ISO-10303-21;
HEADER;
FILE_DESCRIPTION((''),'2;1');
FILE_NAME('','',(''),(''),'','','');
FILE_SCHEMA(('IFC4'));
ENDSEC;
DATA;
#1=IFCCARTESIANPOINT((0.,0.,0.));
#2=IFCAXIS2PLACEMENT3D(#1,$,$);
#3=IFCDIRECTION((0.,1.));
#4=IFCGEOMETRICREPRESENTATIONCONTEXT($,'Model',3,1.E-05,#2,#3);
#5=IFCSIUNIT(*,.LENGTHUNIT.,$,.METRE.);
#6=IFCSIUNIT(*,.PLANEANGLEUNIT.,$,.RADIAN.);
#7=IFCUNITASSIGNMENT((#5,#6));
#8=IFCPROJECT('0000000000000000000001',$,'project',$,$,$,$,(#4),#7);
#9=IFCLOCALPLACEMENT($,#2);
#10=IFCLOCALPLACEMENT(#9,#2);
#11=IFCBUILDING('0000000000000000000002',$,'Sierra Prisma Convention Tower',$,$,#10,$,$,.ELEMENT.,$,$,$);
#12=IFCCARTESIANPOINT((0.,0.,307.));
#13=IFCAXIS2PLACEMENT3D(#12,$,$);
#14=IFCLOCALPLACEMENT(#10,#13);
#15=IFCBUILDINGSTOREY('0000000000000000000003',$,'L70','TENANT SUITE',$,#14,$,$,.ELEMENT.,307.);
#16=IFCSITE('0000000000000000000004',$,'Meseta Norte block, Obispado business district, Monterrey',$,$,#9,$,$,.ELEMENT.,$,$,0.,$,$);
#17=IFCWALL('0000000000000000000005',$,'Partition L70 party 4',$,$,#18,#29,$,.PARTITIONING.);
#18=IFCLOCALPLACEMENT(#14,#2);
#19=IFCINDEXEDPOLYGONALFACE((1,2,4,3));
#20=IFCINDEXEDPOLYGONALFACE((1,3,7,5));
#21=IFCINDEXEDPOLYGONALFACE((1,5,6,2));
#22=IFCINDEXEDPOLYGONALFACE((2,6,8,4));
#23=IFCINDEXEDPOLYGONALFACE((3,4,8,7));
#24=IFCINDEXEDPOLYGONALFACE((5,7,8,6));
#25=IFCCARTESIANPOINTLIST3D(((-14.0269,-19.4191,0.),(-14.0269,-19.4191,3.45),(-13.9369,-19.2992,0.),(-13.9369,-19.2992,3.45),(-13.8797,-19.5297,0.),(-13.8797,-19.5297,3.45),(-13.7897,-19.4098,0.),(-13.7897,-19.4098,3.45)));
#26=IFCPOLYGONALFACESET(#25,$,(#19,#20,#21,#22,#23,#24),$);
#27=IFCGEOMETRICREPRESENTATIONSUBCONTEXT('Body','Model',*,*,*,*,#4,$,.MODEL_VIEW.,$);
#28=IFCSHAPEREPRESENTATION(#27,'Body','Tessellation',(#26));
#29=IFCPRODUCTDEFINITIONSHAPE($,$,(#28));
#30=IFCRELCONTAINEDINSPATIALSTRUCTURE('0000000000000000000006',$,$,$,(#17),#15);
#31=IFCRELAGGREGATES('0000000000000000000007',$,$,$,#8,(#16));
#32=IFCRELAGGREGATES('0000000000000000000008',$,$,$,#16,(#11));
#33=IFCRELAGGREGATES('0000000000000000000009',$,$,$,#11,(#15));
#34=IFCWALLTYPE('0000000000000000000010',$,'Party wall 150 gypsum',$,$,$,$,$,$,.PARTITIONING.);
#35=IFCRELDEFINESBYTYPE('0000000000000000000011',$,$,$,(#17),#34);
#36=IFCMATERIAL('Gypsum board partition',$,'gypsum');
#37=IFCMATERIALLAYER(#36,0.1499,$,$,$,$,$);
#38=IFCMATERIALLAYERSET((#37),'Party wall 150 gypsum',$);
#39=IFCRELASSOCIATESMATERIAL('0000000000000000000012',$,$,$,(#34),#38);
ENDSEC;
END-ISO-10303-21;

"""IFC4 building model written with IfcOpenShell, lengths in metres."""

from ifc_helpers import new_model, si_unit, direction, frame, frame_2d, origin, place, context, subcontext, project, spatial, rectangle, extrude, material, layer, layer_set, type_object, element, save


model = new_model("IFC4")

# Units and contexts
model_context = context("Model", 3, precision=1e-05, world=origin(), true_north=direction((0.0, 1.0)))
body_context = subcontext(model_context, "Body", "Model", "MODEL_VIEW")
ifc_project = project(units=[si_unit("LENGTHUNIT", "METRE"), si_unit("PLANEANGLEUNIT", "RADIAN")], contexts=[model_context])

# Site, building, storey
site_placement = place(None, origin())
site = spatial("IfcSite", under=ifc_project, at=site_placement, Name="Meseta Norte block, Obispado business district, Monterrey", CompositionType="ELEMENT", RefElevation=0.0)
building_placement = place(site_placement, origin())
building = spatial("IfcBuilding", under=site, at=building_placement, Name="Sierra Prisma Convention Tower", CompositionType="ELEMENT")
storey_placement = place(building_placement, frame((0.0, 0.0, 307.0)))
storey = spatial("IfcBuildingStorey", under=building, at=storey_placement, Name="L70", Description="TENANT SUITE", CompositionType="ELEMENT", Elevation=307.0)

# Wall
ifc_material_1 = material(Name="Gypsum board partition", Category="gypsum")
ifc_layer_1 = layer(ifc_material_1, 0.1499)
ifc_layer_set_1 = layer_set([ifc_layer_1], Name="Party wall 150 gypsum")
wall_type = type_object("IfcWallType", Name="Party wall 150 gypsum", PredefinedType="PARTITIONING", material=ifc_layer_set_1)
wall_placement = place(storey_placement, frame((-13.8347, -19.4697, 0.0), z_axis=(0.0, 0.0, 1.0), x_axis=(-0.799522, 0.600636, 0.0)))
element("IfcWall", 1, at=wall_placement, inside=storey, type_object=wall_type, Name="Partition L70 party 4", PredefinedType="PARTITIONING", context=body_context, shape_type="SweptSolid", body=[
    extrude(rectangle(XDim=0.1841, YDim=0.1499, at=frame_2d((0.092, 0.0))), origin(), (0.0, 0.0, 1.0), 3.45),
])

save(model, "model.ifc")
